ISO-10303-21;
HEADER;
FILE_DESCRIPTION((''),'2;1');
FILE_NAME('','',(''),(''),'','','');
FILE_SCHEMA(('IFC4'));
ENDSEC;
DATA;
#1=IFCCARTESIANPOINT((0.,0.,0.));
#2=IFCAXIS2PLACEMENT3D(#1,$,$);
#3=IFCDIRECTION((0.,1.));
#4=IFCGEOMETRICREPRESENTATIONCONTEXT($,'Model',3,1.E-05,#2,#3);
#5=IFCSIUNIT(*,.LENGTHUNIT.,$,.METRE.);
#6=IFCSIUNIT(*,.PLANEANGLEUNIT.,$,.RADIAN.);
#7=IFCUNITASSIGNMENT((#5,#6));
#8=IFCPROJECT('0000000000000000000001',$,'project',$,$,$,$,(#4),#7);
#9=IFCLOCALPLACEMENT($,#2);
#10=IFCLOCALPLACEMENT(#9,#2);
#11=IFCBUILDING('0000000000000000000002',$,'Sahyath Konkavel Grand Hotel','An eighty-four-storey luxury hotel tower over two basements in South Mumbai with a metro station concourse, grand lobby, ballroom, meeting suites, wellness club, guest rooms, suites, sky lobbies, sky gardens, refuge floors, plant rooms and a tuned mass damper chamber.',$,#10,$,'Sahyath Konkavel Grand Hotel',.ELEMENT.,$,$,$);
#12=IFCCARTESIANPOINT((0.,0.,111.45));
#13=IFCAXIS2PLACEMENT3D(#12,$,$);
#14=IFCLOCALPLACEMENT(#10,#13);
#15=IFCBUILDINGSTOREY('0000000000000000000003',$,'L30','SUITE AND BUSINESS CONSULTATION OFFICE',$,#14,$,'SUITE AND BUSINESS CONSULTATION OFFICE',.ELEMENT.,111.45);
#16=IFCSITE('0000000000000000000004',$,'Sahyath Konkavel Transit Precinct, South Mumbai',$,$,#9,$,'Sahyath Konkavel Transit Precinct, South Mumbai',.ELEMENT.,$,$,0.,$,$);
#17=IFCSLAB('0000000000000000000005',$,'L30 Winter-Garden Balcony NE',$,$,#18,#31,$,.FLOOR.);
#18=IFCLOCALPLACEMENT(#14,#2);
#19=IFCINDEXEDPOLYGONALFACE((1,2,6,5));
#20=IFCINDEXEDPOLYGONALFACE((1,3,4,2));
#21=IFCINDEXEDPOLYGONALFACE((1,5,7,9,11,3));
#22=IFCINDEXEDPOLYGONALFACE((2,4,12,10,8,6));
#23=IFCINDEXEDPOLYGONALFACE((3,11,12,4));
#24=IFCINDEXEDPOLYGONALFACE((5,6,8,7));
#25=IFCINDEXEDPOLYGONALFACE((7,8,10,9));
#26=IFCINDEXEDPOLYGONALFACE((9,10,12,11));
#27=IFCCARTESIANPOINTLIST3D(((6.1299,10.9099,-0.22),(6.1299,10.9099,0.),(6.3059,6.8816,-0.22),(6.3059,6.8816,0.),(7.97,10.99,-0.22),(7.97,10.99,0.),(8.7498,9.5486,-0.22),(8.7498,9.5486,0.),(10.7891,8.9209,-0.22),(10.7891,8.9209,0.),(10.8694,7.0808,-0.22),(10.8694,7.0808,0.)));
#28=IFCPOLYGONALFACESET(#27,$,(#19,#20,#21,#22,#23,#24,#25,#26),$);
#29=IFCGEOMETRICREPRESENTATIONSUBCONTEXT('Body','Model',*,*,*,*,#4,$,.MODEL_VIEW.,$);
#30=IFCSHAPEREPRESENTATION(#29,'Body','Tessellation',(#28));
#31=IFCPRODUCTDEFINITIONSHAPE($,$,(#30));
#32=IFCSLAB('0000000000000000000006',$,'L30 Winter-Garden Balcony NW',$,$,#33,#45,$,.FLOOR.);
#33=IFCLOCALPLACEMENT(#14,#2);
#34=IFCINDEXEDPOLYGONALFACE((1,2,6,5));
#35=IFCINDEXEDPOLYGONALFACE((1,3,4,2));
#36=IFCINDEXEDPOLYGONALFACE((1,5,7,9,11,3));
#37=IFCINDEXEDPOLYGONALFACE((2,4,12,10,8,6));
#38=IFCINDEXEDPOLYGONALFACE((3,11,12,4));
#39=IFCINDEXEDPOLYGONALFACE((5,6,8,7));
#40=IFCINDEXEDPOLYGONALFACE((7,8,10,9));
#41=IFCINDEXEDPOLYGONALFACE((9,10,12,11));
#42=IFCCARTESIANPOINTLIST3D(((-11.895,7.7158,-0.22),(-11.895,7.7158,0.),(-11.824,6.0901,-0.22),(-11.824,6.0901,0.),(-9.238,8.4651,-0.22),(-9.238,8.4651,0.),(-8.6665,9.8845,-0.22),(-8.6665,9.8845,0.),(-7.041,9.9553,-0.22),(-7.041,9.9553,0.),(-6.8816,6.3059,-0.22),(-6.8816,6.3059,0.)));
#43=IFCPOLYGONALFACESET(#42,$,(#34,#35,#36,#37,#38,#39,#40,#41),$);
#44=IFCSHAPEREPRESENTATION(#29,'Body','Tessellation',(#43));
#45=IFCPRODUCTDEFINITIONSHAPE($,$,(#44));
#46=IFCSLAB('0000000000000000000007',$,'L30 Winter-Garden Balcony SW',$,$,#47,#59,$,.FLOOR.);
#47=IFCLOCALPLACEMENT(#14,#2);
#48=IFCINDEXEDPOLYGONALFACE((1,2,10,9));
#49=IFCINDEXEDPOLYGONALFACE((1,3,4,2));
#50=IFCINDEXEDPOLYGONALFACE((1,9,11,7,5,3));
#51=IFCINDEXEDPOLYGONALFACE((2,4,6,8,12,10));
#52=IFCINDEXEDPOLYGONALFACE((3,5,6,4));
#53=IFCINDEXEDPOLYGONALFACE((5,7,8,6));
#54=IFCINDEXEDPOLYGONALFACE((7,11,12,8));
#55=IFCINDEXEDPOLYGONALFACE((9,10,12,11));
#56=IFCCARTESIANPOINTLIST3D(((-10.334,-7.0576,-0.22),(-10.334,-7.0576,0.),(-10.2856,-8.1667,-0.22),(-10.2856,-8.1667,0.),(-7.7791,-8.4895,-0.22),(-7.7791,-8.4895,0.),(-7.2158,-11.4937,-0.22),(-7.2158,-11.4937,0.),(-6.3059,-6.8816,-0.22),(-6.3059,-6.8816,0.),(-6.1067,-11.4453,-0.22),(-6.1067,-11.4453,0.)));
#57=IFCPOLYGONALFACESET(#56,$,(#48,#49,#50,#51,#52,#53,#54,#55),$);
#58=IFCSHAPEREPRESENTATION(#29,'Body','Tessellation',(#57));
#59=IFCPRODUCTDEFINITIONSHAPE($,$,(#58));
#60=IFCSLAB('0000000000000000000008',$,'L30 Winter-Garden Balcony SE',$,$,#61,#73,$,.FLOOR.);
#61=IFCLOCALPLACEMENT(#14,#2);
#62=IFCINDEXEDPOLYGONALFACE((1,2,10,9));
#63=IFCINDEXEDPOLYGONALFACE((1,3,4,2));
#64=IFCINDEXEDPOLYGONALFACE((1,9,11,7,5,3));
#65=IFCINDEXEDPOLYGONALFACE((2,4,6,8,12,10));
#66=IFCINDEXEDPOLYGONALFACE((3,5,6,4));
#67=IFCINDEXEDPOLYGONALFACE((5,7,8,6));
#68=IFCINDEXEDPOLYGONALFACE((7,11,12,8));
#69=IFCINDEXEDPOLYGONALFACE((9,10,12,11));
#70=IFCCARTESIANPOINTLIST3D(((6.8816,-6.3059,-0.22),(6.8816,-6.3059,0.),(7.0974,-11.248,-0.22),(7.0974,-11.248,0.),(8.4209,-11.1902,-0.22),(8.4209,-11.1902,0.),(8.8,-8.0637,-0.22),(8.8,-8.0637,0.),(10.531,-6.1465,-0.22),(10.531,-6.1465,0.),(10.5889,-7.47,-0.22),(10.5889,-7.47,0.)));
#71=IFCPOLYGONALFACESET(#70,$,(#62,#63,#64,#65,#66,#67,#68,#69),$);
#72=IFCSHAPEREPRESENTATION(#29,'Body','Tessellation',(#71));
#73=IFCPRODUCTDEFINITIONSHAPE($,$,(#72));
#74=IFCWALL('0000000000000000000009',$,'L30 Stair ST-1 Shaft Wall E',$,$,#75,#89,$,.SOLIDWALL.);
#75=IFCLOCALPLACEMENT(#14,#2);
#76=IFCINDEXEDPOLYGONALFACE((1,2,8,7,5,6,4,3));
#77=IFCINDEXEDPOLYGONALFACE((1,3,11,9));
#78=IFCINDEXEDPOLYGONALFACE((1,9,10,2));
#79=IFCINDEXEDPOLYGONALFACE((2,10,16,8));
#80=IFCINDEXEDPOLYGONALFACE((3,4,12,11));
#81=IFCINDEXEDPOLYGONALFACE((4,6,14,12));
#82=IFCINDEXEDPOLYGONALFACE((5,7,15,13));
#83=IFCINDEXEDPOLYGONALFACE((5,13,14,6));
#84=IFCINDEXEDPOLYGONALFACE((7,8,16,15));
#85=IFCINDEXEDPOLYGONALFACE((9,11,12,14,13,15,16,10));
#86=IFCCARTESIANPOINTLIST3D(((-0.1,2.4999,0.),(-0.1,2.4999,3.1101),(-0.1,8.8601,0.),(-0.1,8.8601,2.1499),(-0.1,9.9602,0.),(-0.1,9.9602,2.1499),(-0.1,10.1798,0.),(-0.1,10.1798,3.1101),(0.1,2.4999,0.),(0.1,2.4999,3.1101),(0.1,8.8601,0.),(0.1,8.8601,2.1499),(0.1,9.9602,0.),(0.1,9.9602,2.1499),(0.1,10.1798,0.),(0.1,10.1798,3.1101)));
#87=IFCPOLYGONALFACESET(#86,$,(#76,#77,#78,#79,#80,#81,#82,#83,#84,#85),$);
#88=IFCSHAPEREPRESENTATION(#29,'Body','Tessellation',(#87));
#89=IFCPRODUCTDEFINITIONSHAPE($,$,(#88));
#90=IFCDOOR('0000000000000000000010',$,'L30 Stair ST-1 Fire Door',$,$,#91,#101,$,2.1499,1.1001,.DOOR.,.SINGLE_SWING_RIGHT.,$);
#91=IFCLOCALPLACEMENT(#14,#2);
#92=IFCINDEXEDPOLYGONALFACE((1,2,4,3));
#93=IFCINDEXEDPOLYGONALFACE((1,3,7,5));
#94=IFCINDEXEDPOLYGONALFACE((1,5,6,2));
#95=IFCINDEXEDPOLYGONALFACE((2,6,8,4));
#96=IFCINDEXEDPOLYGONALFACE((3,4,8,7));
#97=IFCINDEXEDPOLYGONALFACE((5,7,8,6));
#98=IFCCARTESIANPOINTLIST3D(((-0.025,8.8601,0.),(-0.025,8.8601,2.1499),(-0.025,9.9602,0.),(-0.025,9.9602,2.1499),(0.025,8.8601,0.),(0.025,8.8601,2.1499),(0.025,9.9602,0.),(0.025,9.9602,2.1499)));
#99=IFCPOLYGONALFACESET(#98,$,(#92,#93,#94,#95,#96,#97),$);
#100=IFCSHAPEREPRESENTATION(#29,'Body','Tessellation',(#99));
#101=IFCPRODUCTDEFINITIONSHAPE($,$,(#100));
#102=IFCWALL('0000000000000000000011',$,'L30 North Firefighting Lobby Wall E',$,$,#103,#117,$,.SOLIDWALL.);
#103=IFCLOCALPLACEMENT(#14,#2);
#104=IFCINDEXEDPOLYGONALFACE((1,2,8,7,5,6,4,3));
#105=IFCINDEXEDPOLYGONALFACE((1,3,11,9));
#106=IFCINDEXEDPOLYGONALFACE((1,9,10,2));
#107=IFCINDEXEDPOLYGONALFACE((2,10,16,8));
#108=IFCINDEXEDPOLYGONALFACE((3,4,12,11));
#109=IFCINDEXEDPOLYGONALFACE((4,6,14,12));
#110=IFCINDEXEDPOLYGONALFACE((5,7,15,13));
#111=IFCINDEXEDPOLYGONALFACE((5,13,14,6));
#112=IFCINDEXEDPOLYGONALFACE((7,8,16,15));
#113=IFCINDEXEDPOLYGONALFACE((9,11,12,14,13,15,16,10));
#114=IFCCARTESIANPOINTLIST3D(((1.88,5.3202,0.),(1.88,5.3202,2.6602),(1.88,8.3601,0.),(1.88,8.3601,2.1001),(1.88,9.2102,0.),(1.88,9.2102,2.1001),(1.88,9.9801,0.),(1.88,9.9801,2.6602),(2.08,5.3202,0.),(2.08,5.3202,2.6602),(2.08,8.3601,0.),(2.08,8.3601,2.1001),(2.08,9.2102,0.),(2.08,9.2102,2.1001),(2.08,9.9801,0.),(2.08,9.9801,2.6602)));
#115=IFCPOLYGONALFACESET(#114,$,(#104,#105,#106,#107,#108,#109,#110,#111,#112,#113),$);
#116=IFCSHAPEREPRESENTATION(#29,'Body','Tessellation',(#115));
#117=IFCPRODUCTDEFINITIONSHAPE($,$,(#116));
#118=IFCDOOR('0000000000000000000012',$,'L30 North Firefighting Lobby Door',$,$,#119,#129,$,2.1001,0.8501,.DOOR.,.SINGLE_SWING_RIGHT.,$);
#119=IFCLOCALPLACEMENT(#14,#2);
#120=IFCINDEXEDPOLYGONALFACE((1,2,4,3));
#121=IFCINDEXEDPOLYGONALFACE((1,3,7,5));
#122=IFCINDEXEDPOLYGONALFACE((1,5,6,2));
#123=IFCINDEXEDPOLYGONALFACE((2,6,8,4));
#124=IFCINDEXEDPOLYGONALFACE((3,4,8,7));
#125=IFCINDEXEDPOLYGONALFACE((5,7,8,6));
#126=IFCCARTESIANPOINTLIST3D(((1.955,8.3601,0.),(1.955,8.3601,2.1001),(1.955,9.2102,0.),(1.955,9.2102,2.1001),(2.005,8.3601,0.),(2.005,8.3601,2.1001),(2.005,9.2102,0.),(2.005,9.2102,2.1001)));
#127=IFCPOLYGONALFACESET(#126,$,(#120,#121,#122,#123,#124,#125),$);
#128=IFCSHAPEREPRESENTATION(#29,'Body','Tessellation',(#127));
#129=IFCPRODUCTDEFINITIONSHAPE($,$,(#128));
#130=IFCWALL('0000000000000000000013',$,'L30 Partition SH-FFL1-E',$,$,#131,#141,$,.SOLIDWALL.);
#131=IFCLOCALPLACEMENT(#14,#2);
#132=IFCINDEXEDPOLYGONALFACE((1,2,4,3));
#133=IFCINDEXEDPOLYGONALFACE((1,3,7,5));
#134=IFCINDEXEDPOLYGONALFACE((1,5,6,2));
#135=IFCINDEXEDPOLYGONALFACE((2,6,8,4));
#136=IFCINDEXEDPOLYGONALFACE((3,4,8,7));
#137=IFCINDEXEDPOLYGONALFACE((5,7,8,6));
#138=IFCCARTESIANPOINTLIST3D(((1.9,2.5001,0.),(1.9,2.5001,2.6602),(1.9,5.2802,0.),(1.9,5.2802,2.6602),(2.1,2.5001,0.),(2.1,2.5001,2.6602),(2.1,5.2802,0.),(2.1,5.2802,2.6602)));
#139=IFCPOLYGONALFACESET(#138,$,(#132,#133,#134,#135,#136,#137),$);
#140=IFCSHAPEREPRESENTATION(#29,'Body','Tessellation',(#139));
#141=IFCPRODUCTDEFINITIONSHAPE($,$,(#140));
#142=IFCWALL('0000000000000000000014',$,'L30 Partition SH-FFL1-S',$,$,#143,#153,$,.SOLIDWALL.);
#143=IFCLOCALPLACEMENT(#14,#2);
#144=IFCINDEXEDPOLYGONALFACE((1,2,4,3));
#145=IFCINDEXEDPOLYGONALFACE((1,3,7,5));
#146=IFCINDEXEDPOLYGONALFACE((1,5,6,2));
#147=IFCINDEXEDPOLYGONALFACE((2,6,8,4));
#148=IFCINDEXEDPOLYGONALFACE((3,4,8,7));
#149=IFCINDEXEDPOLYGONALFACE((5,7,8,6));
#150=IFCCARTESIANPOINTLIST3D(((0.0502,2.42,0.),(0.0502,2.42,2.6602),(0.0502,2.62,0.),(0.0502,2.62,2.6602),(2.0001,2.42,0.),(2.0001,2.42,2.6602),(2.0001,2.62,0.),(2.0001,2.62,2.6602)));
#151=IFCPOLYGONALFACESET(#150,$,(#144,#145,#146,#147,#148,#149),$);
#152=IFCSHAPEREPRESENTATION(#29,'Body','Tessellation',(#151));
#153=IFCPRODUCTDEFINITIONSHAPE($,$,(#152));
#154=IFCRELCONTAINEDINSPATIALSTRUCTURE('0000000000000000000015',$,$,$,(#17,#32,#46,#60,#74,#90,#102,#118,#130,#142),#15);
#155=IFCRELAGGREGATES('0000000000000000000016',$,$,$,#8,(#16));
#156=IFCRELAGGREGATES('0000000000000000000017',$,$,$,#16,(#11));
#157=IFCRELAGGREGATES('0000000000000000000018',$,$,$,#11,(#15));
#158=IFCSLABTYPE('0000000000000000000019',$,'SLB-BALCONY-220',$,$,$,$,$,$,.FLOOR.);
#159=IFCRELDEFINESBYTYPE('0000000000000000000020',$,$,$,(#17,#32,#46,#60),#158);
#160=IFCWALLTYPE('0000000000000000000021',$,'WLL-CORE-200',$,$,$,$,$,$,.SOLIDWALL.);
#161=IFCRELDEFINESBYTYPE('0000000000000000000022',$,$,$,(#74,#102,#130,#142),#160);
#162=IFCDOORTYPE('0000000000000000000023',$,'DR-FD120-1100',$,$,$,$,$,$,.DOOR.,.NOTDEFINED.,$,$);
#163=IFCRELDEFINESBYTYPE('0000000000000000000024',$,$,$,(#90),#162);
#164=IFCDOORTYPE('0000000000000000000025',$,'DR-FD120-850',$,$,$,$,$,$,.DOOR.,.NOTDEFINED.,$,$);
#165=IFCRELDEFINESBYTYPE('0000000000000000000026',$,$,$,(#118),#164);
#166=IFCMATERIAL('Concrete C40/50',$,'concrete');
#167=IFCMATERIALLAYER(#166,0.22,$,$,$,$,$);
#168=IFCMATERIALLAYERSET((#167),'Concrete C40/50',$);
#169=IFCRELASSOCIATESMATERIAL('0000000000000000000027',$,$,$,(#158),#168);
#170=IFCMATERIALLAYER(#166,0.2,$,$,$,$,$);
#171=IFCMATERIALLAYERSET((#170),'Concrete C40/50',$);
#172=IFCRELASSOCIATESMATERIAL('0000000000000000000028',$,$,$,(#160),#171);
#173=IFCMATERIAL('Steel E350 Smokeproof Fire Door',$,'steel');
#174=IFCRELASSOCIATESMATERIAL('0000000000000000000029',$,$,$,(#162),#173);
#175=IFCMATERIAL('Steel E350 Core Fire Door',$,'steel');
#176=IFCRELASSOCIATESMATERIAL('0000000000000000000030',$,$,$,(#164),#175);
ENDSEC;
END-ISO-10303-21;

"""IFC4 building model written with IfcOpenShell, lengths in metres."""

from ifc_helpers import new_model, si_unit, direction, frame, frame_2d, origin, origin_2d, place, context, subcontext, project, spatial, polyline, rectangle, outline, extrude, source, transform, mapped, material, layer, layer_set, type_object, element, fill, save


model = new_model("IFC4")

# Units and contexts
model_context = context("Model", 3, precision=1e-05, world=origin(), true_north=direction((0.0, 1.0)))
body_context = subcontext(model_context, "Body", "Model", "MODEL_VIEW")
ifc_project = project(units=[si_unit("LENGTHUNIT", "METRE"), si_unit("PLANEANGLEUNIT", "RADIAN")], contexts=[model_context])

# Site, building, storey
site_placement = place(None, origin())
site = spatial("IfcSite", under=ifc_project, at=site_placement, Name="Sahyath Konkavel Transit Precinct, South Mumbai", LongName="Sahyath Konkavel Transit Precinct, South Mumbai", CompositionType="ELEMENT", RefElevation=0.0)
building_placement = place(site_placement, origin())
building = spatial("IfcBuilding", under=site, at=building_placement, Name="Sahyath Konkavel Grand Hotel", Description="An eighty-four-storey luxury hotel tower over two basements in South Mumbai with a metro station concourse, grand lobby, ballroom, meeting suites, wellness club, guest rooms, suites, sky lobbies, sky gardens, refuge floors, plant rooms and a tuned mass damper chamber.", LongName="Sahyath Konkavel Grand Hotel", CompositionType="ELEMENT")
storey_placement = place(building_placement, frame((0.0, 0.0, 111.45)))
storey = spatial("IfcBuildingStorey", under=building, at=storey_placement, Name="L30", Description="SUITE AND BUSINESS CONSULTATION OFFICE", LongName="SUITE AND BUSINESS CONSULTATION OFFICE", CompositionType="ELEMENT", Elevation=111.45)

# Slabs
ifc_material_1 = material(Name="Concrete C40/50", Category="concrete")
ifc_layer_1 = layer(ifc_material_1, 0.22)
ifc_layer_set_1 = layer_set([ifc_layer_1], Name="Concrete C40/50")
slab_type = type_object("IfcSlabType", Name="SLB-BALCONY-220", PredefinedType="FLOOR", material=ifc_layer_set_1)
slab_1_placement = place(storey_placement, frame((0.0, 0.0, -0.22)))
element("IfcSlab", 1, at=slab_1_placement, inside=storey, type_object=slab_type, Name="L30 Winter-Garden Balcony NE", PredefinedType="FLOOR", context=body_context, shape_type="SweptSolid", body=[
    extrude(outline(polyline([(6.3059, 6.8816), (10.8694, 7.0808), (10.7891, 8.9209), (8.7498, 9.5486), (7.97, 10.99), (6.1299, 10.9099), (6.3059, 6.8816)])), origin(), (0.0, 0.0, 1.0), 0.22),
])
slab_2_placement = place(storey_placement, frame((0.0, 0.0, -0.22)))
element("IfcSlab", 2, at=slab_2_placement, inside=storey, type_object=slab_type, Name="L30 Winter-Garden Balcony NW", PredefinedType="FLOOR", context=body_context, shape_type="SweptSolid", body=[
    extrude(outline(polyline([(-6.8816, 6.3059), (-7.041, 9.9553), (-8.6665, 9.8845), (-9.238, 8.4651), (-11.895, 7.7158), (-11.824, 6.0901), (-6.8816, 6.3059)])), origin(), (0.0, 0.0, 1.0), 0.22),
])
slab_3_placement = place(storey_placement, frame((0.0, 0.0, -0.22)))
element("IfcSlab", 3, at=slab_3_placement, inside=storey, type_object=slab_type, Name="L30 Winter-Garden Balcony SW", PredefinedType="FLOOR", context=body_context, shape_type="SweptSolid", body=[
    extrude(outline(polyline([(-6.3059, -6.8816), (-10.334, -7.0576), (-10.2856, -8.1667), (-7.7791, -8.4895), (-7.2158, -11.4937), (-6.1067, -11.4453), (-6.3059, -6.8816)])), origin(), (0.0, 0.0, 1.0), 0.22),
])
slab_4_placement = place(storey_placement, frame((0.0, 0.0, -0.22)))
element("IfcSlab", 4, at=slab_4_placement, inside=storey, type_object=slab_type, Name="L30 Winter-Garden Balcony SE", PredefinedType="FLOOR", context=body_context, shape_type="SweptSolid", body=[
    extrude(outline(polyline([(6.8816, -6.3059), (7.0974, -11.248), (8.4209, -11.1902), (8.8, -8.0637), (10.5889, -7.47), (10.531, -6.1465), (6.8816, -6.3059)])), origin(), (0.0, 0.0, 1.0), 0.22),
])

# Walls, openings, doors
ifc_layer_2 = layer(ifc_material_1, 0.2)
ifc_layer_set_2 = layer_set([ifc_layer_2], Name="Concrete C40/50")
wall_type_1 = type_object("IfcWallType", Name="WLL-CORE-200", PredefinedType="SOLIDWALL", material=ifc_layer_set_2)
wall_1_placement = place(storey_placement, frame((0.0, 2.5, 0.0), z_axis=(0.0, 0.0, 1.0), x_axis=(0.0, 1.0, 0.0)))
wall_1 = element("IfcWall", 5, at=wall_1_placement, inside=storey, type_object=wall_type_1, Name="L30 Stair ST-1 Shaft Wall E", PredefinedType="SOLIDWALL", context=body_context, shape_type="SweptSolid", body=[
    extrude(rectangle(XDim=7.6799, YDim=0.2, at=frame_2d((3.8398, 0.0))), origin(), (0.0, 0.0, 1.0), 3.1101),
])
opening_1_placement = place(wall_1_placement, frame((6.3601, 0.0, 0.0)))
opening_1 = element("IfcOpeningElement", 6, at=opening_1_placement, cuts=wall_1, PredefinedType="OPENING", context=body_context, shape_type="SweptSolid", body=[
    extrude(rectangle(XDim=1.1001, YDim=2.1499, at=frame_2d((0.55, 1.075))), frame((0.0, 0.1099, 0.0), z_axis=(0.0, -1.0, 0.0), x_axis=(1.0, 0.0, 0.0)), (0.0, 0.0, 1.0), 0.22),
])
ifc_material_2 = material(Name="Steel E350 Smokeproof Fire Door", Category="steel")
door_type_1 = type_object("IfcDoorType", Name="DR-FD120-1100", OperationType="NOTDEFINED", PredefinedType="DOOR", material=ifc_material_2)
shared_shape_1 = source(origin(), body_context, "Body", "SweptSolid", [
    extrude(rectangle(XDim=1.1001, YDim=0.05, at=origin_2d()), origin(), (0.0, 0.0, 1.0), 2.1499),
])
door_1_placement = place(opening_1_placement, frame((0.55, 0.0, 0.0)))
door_1 = element("IfcDoor", 7, at=door_1_placement, inside=storey, type_object=door_type_1, Name="L30 Stair ST-1 Fire Door", OperationType="SINGLE_SWING_RIGHT", OverallHeight=2.1499, OverallWidth=1.1001, PredefinedType="DOOR", context=body_context, shape_type="MappedRepresentation", body=[
    mapped(shared_shape_1, transform((0.0, 0.0, 0.0), scale=1.0)),
])
fill(opening_1, door_1)
wall_2_placement = place(storey_placement, frame((1.98, 5.3201, 0.0), z_axis=(0.0, 0.0, 1.0), x_axis=(0.0, 1.0, 0.0)))
wall_2 = element("IfcWall", 8, at=wall_2_placement, inside=storey, type_object=wall_type_1, Name="L30 North Firefighting Lobby Wall E", PredefinedType="SOLIDWALL", context=body_context, shape_type="SweptSolid", body=[
    extrude(rectangle(XDim=4.6599, YDim=0.2, at=frame_2d((2.3301, 0.0))), origin(), (0.0, 0.0, 1.0), 2.6602),
])
opening_2_placement = place(wall_2_placement, frame((3.04, 0.0, 0.0)))
opening_2 = element("IfcOpeningElement", 9, at=opening_2_placement, cuts=wall_2, PredefinedType="OPENING", context=body_context, shape_type="SweptSolid", body=[
    extrude(rectangle(XDim=0.8501, YDim=2.1001, at=frame_2d((0.425, 1.05))), frame((0.0, 0.1099, 0.0), z_axis=(0.0, -1.0, 0.0), x_axis=(1.0, 0.0, 0.0)), (0.0, 0.0, 1.0), 0.22),
])
ifc_material_3 = material(Name="Steel E350 Core Fire Door", Category="steel")
door_type_2 = type_object("IfcDoorType", Name="DR-FD120-850", OperationType="NOTDEFINED", PredefinedType="DOOR", material=ifc_material_3)
shared_shape_2 = source(origin(), body_context, "Body", "SweptSolid", [
    extrude(rectangle(XDim=0.8501, YDim=0.05, at=origin_2d()), origin(), (0.0, 0.0, 1.0), 2.1001),
])
door_2_placement = place(opening_2_placement, frame((0.425, 0.0, 0.0)))
door_2 = element("IfcDoor", 10, at=door_2_placement, inside=storey, type_object=door_type_2, Name="L30 North Firefighting Lobby Door", OperationType="SINGLE_SWING_RIGHT", OverallHeight=2.1001, OverallWidth=0.8501, PredefinedType="DOOR", context=body_context, shape_type="MappedRepresentation", body=[
    mapped(shared_shape_2, transform((0.0, 0.0, 0.0), scale=1.0)),
])
fill(opening_2, door_2)

# Walls
wall_3_placement = place(storey_placement, frame((2.0, 2.5, 0.0), z_axis=(0.0, 0.0, 1.0), x_axis=(0.0, 1.0, 0.0)))
element("IfcWall", 11, at=wall_3_placement, inside=storey, type_object=wall_type_1, Name="L30 Partition SH-FFL1-E", PredefinedType="SOLIDWALL", context=body_context, shape_type="SweptSolid", body=[
    extrude(rectangle(XDim=2.78, YDim=0.2, at=frame_2d((1.3901, 0.0))), origin(), (0.0, 0.0, 1.0), 2.6602),
])
wall_4_placement = place(storey_placement, frame((0.05, 2.52, 0.0), z_axis=(0.0, 0.0, 1.0), x_axis=(1.0, 0.0, 0.0)))
element("IfcWall", 12, at=wall_4_placement, inside=storey, type_object=wall_type_1, Name="L30 Partition SH-FFL1-S", PredefinedType="SOLIDWALL", context=body_context, shape_type="SweptSolid", body=[
    extrude(rectangle(XDim=1.95, YDim=0.2, at=frame_2d((0.9751, 0.0))), origin(), (0.0, 0.0, 1.0), 2.6602),
])

save(model, "model.ifc")
